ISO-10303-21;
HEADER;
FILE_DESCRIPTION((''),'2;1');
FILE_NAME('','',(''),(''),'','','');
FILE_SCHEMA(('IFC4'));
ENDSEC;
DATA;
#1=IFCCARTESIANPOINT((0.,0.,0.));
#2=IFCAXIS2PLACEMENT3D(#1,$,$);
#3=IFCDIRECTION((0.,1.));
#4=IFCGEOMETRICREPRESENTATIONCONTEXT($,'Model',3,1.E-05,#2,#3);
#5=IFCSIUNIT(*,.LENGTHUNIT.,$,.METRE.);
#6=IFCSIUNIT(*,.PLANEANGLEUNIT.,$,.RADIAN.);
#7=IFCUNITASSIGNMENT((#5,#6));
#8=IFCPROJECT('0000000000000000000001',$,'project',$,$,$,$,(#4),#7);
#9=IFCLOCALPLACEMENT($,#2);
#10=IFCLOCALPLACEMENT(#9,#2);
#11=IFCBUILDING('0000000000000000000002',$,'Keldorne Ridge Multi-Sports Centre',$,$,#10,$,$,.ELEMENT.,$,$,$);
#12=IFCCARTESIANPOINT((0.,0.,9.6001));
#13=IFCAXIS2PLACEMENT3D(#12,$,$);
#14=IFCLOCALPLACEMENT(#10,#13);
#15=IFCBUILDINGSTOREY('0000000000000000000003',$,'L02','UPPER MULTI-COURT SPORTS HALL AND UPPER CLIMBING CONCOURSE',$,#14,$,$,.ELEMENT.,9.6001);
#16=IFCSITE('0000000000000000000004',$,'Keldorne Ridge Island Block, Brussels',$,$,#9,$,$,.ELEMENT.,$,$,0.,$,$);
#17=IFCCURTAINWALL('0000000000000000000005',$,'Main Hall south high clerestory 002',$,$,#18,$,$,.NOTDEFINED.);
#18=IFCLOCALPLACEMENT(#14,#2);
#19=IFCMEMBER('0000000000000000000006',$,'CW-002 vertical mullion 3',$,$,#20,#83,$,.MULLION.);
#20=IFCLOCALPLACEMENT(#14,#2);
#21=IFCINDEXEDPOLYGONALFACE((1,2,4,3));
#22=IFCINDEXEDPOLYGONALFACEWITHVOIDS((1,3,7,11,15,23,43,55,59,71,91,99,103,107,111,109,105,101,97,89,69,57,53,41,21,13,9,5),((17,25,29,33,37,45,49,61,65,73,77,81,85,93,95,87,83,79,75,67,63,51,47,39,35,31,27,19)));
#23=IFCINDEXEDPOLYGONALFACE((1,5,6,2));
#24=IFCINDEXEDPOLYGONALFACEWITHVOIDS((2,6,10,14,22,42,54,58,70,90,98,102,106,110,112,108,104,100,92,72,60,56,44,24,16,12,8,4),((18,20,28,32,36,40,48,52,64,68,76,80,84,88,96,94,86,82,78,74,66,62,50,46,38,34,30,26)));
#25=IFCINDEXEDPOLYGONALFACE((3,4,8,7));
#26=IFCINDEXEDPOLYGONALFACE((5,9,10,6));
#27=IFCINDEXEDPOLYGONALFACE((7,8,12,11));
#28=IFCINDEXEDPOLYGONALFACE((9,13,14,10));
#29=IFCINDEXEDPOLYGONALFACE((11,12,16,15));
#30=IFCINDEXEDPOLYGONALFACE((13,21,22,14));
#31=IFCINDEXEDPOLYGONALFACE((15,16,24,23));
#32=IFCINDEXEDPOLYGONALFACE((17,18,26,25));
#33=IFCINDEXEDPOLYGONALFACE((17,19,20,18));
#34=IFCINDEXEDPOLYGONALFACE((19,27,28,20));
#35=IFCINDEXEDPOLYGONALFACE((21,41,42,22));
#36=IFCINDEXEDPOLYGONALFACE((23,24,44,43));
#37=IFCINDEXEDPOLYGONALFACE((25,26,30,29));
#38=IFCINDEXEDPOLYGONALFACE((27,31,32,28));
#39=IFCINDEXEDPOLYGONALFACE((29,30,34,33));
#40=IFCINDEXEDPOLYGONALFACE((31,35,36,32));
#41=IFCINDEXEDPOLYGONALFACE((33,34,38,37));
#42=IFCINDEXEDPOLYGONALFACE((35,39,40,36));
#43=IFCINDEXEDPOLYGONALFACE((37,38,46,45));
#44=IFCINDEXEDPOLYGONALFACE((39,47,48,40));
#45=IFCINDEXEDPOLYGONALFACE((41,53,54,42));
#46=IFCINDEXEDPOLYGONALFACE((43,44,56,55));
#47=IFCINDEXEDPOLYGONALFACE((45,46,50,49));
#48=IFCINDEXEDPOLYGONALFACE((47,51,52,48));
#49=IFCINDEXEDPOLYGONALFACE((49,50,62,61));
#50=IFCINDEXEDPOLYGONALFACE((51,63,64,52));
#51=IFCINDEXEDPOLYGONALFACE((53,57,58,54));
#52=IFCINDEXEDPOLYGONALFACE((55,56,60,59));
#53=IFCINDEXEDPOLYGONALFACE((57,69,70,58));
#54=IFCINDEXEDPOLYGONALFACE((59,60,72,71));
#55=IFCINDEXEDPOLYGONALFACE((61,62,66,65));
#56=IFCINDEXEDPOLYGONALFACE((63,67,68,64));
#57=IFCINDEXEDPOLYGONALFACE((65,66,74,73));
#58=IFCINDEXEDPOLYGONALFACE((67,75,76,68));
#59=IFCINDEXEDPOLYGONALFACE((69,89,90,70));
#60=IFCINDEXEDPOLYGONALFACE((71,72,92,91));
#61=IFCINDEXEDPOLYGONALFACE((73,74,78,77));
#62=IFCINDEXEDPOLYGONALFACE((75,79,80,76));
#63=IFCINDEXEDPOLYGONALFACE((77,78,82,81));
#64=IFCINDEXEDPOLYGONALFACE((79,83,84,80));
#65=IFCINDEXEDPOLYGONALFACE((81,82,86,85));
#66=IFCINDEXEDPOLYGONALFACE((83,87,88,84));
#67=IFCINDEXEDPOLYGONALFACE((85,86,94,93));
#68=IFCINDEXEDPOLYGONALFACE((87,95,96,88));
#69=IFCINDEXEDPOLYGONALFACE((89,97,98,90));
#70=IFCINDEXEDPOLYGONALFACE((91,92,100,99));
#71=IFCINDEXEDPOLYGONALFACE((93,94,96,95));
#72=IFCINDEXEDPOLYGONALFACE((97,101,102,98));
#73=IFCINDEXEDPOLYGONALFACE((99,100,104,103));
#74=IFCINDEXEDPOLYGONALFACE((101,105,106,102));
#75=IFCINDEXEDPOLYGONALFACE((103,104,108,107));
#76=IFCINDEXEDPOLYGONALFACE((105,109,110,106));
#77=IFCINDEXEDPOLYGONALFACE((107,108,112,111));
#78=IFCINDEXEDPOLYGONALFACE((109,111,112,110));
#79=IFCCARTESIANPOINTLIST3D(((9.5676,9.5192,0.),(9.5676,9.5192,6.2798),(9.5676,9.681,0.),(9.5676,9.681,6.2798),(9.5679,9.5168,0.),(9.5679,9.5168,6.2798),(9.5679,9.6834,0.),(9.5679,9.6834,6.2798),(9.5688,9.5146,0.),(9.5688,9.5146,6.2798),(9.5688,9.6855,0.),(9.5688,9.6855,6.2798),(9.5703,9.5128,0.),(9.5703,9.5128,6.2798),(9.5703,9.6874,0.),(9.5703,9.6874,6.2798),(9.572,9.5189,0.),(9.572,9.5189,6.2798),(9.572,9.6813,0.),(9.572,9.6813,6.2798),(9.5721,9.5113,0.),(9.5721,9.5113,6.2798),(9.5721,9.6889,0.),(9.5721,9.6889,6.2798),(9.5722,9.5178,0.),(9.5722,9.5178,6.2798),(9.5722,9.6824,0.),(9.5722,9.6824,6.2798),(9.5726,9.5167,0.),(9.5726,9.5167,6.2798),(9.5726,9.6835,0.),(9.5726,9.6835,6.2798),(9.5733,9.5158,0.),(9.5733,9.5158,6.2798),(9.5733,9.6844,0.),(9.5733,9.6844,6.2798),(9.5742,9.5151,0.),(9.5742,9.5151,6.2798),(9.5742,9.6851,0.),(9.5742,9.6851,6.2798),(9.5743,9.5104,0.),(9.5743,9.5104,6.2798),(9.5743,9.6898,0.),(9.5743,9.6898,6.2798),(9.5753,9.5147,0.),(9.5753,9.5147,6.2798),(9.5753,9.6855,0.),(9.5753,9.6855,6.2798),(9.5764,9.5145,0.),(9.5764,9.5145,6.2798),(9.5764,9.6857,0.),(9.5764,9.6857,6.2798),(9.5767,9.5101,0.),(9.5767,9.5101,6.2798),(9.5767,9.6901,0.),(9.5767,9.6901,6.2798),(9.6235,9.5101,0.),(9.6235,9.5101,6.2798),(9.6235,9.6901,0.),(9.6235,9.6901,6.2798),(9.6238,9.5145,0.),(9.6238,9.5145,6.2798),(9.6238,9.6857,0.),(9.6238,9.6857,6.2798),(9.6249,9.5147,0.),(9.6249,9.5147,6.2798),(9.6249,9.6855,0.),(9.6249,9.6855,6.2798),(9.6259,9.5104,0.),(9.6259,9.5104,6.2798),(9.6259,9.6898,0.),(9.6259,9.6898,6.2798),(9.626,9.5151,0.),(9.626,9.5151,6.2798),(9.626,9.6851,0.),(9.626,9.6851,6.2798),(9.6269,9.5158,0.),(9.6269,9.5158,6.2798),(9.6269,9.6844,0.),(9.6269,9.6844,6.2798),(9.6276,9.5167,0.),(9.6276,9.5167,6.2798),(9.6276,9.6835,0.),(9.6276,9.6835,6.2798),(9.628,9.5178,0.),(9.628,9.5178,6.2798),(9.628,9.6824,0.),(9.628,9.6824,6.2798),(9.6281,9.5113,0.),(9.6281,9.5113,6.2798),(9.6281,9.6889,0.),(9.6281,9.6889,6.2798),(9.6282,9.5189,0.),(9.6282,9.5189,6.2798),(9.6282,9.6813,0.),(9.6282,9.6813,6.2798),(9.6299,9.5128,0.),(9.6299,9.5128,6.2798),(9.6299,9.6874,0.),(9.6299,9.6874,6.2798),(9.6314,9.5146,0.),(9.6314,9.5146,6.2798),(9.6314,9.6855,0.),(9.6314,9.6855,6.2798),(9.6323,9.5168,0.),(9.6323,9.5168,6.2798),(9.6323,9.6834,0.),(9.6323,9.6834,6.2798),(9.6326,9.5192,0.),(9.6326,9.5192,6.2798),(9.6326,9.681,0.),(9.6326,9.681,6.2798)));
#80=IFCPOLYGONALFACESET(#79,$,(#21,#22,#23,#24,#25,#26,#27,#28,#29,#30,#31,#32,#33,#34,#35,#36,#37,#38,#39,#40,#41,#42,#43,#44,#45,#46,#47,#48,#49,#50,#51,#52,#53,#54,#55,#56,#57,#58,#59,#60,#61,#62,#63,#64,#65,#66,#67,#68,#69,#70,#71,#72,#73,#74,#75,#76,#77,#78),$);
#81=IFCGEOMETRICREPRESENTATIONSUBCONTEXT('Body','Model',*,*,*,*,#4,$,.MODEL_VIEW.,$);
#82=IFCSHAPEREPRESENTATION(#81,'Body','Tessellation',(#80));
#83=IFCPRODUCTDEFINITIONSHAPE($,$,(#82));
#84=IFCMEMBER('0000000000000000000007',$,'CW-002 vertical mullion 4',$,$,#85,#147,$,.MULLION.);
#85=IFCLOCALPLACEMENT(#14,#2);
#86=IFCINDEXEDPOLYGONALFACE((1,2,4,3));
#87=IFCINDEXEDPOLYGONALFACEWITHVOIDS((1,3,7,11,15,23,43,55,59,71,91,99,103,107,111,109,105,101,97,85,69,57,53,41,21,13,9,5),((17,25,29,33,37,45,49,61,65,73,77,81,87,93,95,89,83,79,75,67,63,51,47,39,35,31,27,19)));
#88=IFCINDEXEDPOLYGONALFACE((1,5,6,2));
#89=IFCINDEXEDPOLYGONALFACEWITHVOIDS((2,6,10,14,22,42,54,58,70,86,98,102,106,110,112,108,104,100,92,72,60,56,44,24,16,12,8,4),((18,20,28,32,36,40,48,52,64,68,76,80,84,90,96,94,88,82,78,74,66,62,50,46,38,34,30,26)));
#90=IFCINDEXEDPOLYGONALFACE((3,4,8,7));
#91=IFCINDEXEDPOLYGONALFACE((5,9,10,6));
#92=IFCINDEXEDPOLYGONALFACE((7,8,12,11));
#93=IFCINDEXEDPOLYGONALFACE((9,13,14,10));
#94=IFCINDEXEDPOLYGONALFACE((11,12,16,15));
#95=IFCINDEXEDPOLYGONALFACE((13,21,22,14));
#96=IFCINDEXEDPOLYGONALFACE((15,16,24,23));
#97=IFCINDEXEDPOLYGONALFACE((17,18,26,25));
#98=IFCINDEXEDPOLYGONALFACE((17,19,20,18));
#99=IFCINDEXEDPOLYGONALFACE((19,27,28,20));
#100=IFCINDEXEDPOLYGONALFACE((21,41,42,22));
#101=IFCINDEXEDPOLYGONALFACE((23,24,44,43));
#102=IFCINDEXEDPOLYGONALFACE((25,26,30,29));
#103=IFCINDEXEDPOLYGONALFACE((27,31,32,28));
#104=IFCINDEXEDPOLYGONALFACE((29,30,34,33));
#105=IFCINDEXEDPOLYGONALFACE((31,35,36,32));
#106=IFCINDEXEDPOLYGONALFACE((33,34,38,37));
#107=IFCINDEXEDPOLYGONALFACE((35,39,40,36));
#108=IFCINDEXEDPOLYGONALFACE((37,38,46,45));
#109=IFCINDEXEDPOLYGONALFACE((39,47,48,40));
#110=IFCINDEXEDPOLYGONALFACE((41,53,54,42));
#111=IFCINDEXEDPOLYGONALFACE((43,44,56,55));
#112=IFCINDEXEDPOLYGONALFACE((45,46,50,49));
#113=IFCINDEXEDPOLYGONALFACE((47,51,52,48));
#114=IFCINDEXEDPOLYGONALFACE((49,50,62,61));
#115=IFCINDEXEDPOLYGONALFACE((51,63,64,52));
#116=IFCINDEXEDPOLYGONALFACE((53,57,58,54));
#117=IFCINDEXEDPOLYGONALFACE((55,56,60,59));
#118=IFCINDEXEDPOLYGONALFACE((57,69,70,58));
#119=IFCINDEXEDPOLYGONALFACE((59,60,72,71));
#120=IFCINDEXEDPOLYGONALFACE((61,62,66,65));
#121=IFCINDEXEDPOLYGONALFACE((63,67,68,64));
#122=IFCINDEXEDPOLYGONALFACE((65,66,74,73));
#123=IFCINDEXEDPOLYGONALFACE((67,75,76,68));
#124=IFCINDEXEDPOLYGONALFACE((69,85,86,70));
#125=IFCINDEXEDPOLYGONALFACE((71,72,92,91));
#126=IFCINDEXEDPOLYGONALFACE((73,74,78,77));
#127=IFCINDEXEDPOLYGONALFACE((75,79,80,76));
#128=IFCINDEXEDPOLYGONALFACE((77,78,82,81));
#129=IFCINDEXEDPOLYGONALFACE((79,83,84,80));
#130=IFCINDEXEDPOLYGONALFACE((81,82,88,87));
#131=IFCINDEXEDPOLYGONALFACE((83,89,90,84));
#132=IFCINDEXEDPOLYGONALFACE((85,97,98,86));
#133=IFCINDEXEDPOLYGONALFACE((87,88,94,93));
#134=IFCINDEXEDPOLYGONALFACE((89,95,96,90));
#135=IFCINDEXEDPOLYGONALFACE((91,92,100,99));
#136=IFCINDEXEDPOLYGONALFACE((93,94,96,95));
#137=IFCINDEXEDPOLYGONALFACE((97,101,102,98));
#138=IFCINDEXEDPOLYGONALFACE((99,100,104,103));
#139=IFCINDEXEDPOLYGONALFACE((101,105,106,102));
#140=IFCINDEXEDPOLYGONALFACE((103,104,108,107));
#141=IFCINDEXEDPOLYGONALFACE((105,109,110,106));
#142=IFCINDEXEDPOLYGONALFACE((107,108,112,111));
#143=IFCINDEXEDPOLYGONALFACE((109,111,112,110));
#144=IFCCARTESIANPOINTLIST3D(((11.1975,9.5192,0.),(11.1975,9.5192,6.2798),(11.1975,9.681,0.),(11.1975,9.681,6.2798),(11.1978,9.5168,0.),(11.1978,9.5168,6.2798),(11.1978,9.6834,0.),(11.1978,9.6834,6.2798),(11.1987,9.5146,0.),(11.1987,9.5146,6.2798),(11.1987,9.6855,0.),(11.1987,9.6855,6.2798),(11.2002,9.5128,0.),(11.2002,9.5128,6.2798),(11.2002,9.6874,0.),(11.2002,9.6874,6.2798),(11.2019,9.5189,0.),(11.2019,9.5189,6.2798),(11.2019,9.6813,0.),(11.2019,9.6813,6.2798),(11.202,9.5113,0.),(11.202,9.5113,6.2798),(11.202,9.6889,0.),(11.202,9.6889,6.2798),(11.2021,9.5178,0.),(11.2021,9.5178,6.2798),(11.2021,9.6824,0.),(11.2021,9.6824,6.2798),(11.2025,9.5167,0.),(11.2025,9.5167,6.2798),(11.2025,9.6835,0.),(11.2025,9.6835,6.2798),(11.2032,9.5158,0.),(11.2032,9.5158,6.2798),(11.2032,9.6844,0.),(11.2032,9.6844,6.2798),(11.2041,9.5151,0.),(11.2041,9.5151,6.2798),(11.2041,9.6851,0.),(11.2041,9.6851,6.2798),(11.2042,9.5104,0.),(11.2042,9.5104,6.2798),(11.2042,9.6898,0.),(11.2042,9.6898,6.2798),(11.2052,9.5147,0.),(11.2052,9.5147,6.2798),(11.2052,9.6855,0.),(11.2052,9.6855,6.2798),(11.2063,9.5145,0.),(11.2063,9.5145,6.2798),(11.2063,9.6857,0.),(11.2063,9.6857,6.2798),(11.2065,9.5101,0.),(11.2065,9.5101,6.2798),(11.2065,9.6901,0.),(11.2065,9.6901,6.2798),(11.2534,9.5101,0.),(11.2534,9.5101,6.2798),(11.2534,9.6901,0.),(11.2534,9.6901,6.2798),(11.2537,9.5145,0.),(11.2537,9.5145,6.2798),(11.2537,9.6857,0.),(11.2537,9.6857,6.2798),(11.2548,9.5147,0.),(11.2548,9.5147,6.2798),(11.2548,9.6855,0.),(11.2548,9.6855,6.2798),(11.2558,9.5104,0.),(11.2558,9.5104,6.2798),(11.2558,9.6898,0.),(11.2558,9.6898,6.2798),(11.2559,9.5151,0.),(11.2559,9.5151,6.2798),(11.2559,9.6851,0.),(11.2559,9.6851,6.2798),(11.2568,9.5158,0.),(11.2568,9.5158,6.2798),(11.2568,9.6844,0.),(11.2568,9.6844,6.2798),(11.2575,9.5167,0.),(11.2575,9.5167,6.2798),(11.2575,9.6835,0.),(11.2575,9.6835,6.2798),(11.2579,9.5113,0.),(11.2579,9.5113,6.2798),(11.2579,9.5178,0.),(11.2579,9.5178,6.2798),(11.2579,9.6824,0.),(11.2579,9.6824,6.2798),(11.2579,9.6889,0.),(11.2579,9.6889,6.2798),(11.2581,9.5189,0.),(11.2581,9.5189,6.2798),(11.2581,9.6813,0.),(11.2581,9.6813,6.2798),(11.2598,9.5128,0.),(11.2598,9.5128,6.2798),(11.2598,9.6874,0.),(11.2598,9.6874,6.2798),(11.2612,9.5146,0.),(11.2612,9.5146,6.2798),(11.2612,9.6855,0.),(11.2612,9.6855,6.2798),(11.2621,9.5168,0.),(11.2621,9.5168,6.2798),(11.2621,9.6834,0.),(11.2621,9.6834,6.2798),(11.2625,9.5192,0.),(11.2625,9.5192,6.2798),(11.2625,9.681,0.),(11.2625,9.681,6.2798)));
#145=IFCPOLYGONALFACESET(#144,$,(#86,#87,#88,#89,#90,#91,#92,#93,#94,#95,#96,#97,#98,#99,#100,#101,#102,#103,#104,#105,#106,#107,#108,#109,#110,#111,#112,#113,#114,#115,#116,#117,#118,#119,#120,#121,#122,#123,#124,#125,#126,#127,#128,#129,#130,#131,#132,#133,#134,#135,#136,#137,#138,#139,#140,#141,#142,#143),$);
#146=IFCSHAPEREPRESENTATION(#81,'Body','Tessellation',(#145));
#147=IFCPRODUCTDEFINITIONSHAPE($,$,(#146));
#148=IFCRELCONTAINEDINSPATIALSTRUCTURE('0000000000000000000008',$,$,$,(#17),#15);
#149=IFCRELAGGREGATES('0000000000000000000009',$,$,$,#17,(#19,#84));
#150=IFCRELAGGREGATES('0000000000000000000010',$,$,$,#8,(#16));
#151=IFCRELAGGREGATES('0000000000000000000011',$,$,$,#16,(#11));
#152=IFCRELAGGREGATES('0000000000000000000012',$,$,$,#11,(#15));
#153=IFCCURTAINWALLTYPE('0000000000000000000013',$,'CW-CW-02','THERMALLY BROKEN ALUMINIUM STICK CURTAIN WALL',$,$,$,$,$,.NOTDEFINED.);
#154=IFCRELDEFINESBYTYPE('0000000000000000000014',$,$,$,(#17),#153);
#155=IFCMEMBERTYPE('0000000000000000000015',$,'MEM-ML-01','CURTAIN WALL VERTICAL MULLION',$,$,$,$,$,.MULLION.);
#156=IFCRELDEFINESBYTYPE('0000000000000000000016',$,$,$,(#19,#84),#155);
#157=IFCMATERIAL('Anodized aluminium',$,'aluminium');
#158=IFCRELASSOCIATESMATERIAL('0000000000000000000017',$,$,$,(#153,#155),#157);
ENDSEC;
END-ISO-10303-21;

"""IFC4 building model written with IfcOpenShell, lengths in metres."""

from ifc_helpers import new_model, si_unit, direction, frame, origin, origin_2d, place, context, subcontext, project, spatial, hollow_rectangle, extrude, material, material_profile, profile_set, type_object, element, aggregate, save


model = new_model("IFC4")

# Units and contexts
model_context = context("Model", 3, precision=1e-05, world=origin(), true_north=direction((0.0, 1.0)))
body_context = subcontext(model_context, "Body", "Model", "MODEL_VIEW")
ifc_project = project(units=[si_unit("LENGTHUNIT", "METRE"), si_unit("PLANEANGLEUNIT", "RADIAN")], contexts=[model_context])

# Site, building, storey
site_placement = place(None, origin())
site = spatial("IfcSite", under=ifc_project, at=site_placement, Name="Keldorne Ridge Island Block, Brussels", CompositionType="ELEMENT", RefElevation=0.0)
building_placement = place(site_placement, origin())
building = spatial("IfcBuilding", under=site, at=building_placement, Name="Keldorne Ridge Multi-Sports Centre", CompositionType="ELEMENT")
storey_placement = place(building_placement, frame((0.0, 0.0, 9.6001)))
storey = spatial("IfcBuildingStorey", under=building, at=storey_placement, Name="L02", Description="UPPER MULTI-COURT SPORTS HALL AND UPPER CLIMBING CONCOURSE", CompositionType="ELEMENT", Elevation=9.6001)

# Curtain wall, members
ifc_material_1 = material(Name="Anodized aluminium", Category="aluminium")
curtain_wall_type_1 = type_object("IfcCurtainWallType", Name="CW-CW-02", Description="THERMALLY BROKEN ALUMINIUM STICK CURTAIN WALL", PredefinedType="NOTDEFINED", material=ifc_material_1)
curtain_wall_1_placement = place(storey_placement, origin())
curtain_wall_1 = element("IfcCurtainWall", 1, at=curtain_wall_1_placement, inside=storey, type_object=curtain_wall_type_1, Name="Main Hall south high clerestory 002", PredefinedType="NOTDEFINED")
ifc_material_profile_1 = material_profile(ifc_material_1, hollow_rectangle(XDim=0.0649, YDim=0.1799, WallThickness=0.0044, InnerFilletRadius=0.0044, OuterFilletRadius=0.009, at=origin_2d()), Name="ALU MULLION 180x65x4.5")
ifc_profile_set_1 = profile_set([ifc_material_profile_1], Name="Anodized aluminium")
member_type_1 = type_object("IfcMemberType", Name="MEM-ML-01", Description="CURTAIN WALL VERTICAL MULLION", PredefinedType="MULLION", material=ifc_profile_set_1)
member_1_placement = place(storey_placement, frame((9.6001, 9.6001, 0.0), z_axis=(0.0, 0.0, 1.0), x_axis=(1.0, 0.0, 0.0)))
member_1 = element("IfcMember", 2, at=member_1_placement, type_object=member_type_1, Name="CW-002 vertical mullion 3", PredefinedType="MULLION", context=body_context, shape_type="SweptSolid", body=[
    extrude(hollow_rectangle(XDim=0.0649, YDim=0.1799, WallThickness=0.0044, InnerFilletRadius=0.0044, OuterFilletRadius=0.009, at=origin_2d()), origin(), (0.0, 0.0, 1.0), 6.2798),
])
member_2_placement = place(storey_placement, frame((11.23, 9.6001, 0.0), z_axis=(0.0, 0.0, 1.0), x_axis=(1.0, 0.0, 0.0)))
member_2 = element("IfcMember", 3, at=member_2_placement, type_object=member_type_1, Name="CW-002 vertical mullion 4", PredefinedType="MULLION", context=body_context, shape_type="SweptSolid", body=[
    extrude(hollow_rectangle(XDim=0.0649, YDim=0.1799, WallThickness=0.0044, InnerFilletRadius=0.0044, OuterFilletRadius=0.009, at=origin_2d()), origin(), (0.0, 0.0, 1.0), 6.2798),
])

aggregate(curtain_wall_1, [member_1, member_2])

save(model, "model.ifc")
